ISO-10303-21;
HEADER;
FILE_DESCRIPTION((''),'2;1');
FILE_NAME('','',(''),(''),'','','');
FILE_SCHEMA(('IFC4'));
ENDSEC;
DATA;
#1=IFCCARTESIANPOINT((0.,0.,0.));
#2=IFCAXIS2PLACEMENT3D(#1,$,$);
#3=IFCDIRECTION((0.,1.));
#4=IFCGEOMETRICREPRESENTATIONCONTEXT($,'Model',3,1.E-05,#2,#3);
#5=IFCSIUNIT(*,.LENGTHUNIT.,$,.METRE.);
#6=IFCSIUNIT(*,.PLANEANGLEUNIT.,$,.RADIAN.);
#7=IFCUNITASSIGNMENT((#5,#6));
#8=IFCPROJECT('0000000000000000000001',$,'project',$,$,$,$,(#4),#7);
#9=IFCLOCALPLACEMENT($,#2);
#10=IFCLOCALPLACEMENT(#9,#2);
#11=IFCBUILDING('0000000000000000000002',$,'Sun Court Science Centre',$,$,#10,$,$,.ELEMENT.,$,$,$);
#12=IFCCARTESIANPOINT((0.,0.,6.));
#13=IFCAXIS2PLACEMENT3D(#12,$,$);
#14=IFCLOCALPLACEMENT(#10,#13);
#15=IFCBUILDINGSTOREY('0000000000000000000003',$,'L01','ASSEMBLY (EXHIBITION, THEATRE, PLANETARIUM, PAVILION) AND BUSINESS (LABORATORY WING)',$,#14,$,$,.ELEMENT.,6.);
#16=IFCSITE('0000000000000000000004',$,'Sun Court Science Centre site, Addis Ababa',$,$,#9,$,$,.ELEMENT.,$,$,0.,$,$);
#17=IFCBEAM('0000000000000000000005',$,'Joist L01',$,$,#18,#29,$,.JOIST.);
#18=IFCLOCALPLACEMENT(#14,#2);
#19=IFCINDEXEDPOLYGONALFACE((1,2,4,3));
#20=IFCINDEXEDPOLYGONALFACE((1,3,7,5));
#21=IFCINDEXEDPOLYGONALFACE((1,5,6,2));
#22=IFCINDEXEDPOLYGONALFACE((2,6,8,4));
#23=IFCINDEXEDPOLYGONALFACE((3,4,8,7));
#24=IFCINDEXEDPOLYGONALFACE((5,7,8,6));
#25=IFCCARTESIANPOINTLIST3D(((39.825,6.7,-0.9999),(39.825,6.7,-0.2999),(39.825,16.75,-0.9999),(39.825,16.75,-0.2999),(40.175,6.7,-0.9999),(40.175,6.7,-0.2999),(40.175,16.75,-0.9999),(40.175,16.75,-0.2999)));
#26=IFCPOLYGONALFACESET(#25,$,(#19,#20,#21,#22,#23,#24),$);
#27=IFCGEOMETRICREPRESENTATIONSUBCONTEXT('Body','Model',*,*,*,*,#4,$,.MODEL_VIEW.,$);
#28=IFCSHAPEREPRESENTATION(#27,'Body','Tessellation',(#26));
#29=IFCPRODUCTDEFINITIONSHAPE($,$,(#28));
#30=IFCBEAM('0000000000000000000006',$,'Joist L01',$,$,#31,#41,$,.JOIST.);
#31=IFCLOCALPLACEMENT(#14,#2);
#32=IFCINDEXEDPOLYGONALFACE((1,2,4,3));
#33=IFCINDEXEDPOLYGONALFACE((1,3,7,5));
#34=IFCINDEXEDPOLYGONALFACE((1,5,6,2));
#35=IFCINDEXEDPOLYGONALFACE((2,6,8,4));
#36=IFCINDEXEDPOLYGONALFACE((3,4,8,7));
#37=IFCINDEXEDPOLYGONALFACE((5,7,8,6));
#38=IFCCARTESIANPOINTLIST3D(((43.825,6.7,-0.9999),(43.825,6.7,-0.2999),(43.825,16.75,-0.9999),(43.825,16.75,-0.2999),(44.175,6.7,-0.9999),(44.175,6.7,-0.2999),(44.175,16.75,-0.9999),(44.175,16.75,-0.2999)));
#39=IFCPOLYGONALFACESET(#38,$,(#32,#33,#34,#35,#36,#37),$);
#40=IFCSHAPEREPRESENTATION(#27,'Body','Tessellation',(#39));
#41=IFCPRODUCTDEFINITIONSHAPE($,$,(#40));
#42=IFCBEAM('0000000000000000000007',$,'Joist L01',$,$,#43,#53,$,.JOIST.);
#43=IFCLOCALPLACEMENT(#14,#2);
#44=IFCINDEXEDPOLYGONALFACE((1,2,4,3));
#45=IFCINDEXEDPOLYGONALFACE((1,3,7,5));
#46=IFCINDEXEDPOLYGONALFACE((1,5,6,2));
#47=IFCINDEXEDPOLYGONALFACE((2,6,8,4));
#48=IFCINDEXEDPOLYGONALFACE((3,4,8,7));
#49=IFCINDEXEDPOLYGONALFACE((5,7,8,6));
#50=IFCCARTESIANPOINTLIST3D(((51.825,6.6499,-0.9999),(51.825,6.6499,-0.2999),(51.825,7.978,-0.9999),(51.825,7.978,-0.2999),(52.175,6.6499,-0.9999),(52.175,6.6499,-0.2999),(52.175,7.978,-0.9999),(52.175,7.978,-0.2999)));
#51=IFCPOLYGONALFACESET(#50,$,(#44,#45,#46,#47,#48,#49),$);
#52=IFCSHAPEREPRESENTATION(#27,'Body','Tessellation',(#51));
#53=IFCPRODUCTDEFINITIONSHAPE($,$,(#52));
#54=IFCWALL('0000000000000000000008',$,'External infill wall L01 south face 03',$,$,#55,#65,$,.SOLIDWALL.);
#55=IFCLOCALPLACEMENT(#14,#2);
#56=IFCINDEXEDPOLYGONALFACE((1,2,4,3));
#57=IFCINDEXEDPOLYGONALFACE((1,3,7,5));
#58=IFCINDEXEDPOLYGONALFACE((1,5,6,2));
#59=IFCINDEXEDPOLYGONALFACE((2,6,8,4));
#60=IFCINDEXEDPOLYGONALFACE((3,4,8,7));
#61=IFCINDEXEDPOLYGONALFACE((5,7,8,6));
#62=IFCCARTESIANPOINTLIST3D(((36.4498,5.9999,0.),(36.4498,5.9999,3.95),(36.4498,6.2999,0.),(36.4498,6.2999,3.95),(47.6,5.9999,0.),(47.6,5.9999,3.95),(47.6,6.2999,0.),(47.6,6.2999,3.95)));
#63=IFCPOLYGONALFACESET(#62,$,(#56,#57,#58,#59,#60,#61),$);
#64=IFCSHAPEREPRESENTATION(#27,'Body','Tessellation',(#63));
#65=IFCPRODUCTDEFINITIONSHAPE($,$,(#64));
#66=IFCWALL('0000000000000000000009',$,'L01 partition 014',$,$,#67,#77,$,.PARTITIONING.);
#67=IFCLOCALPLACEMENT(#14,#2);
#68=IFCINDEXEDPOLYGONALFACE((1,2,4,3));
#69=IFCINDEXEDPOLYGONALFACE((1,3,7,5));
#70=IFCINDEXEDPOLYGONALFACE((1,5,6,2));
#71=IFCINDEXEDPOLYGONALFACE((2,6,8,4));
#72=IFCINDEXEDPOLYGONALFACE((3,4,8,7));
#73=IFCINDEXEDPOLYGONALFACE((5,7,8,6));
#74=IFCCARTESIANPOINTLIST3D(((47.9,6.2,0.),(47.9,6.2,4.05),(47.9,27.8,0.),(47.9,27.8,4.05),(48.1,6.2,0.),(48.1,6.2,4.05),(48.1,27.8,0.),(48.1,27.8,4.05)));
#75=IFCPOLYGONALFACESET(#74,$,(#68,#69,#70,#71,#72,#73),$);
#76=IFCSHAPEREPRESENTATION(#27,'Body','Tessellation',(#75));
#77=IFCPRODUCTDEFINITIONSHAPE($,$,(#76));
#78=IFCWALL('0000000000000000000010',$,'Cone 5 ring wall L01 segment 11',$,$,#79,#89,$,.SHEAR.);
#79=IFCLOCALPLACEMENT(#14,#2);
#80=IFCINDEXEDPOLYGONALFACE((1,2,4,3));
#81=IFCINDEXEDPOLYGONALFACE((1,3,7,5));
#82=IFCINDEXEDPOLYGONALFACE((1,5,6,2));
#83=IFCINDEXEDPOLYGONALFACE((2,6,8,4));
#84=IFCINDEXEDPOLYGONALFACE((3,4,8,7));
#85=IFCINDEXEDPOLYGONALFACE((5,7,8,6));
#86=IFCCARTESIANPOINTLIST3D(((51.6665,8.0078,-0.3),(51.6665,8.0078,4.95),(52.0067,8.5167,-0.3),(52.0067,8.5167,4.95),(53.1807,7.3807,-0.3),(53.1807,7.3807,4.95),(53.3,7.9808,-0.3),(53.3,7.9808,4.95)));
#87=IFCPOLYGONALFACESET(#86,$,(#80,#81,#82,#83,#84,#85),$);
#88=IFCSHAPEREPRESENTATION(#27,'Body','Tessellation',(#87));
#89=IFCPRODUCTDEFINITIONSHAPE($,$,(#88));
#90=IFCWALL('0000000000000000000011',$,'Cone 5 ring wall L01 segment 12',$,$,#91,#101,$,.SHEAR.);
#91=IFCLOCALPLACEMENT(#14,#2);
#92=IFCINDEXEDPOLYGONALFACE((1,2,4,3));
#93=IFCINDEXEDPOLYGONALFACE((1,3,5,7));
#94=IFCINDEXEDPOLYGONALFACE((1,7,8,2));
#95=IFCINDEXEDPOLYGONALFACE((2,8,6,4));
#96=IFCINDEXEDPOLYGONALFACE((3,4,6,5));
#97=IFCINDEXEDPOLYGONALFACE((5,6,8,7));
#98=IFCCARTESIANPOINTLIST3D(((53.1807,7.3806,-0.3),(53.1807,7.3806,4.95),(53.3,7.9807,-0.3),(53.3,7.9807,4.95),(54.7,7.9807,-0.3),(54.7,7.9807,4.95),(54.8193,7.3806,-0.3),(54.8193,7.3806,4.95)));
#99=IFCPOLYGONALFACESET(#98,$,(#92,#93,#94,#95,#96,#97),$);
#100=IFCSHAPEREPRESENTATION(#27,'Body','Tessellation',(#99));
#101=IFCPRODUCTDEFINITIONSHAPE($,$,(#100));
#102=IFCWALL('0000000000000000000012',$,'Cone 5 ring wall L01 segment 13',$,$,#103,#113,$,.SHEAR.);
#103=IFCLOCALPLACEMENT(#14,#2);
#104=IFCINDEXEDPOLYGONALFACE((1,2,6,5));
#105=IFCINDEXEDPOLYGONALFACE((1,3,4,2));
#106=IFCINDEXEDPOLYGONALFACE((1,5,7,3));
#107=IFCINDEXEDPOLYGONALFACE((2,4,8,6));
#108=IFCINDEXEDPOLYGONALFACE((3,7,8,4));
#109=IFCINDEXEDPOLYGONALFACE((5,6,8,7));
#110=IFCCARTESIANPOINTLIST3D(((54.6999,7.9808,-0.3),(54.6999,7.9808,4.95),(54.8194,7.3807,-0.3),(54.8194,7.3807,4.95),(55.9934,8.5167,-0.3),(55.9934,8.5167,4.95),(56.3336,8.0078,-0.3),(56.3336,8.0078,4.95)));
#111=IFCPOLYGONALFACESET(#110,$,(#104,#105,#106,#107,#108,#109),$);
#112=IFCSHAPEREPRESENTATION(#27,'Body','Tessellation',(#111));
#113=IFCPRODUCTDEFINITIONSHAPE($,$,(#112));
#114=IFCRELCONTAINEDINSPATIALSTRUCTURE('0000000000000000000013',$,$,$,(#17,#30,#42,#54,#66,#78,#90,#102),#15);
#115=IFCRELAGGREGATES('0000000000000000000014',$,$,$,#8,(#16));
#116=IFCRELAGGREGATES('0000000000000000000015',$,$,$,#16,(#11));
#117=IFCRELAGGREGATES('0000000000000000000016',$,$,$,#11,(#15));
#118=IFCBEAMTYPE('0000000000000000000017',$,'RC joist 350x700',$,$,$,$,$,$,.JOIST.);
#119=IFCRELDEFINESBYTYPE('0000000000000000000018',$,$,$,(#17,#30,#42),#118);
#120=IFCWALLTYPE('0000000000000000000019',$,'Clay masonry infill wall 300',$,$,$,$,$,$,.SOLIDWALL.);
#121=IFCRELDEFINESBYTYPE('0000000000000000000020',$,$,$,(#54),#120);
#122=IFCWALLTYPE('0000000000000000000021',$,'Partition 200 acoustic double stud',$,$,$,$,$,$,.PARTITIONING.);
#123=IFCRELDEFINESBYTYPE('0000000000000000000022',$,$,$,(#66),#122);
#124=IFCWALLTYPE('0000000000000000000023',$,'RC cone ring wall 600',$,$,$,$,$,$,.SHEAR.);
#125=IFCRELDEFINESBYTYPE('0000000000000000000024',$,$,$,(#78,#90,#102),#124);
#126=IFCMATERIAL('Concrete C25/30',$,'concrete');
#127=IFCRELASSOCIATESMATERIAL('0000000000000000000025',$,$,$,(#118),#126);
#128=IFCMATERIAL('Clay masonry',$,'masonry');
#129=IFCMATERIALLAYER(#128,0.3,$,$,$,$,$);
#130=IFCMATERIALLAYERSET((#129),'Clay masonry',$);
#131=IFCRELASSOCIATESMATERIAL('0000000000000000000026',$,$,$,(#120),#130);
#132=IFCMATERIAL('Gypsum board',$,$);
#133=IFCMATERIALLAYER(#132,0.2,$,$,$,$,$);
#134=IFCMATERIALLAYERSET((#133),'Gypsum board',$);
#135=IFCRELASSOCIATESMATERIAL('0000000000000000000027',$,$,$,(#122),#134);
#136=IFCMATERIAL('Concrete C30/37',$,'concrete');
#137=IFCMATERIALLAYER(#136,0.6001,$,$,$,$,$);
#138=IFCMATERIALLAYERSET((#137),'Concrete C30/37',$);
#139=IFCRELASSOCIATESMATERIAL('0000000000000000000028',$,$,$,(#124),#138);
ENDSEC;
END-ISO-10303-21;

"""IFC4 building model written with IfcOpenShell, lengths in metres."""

from ifc_helpers import new_model, si_unit, direction, frame, frame_2d, origin, origin_2d, place, context, subcontext, project, spatial, polyline, rectangle, outline, extrude, material, layer, layer_set, material_profile, profile_set, type_object, element, save


model = new_model("IFC4")

# Units and contexts
model_context = context("Model", 3, precision=1e-05, world=origin(), true_north=direction((0.0, 1.0)))
body_context = subcontext(model_context, "Body", "Model", "MODEL_VIEW")
ifc_project = project(units=[si_unit("LENGTHUNIT", "METRE"), si_unit("PLANEANGLEUNIT", "RADIAN")], contexts=[model_context])

# Site, building, storey
site_placement = place(None, origin())
site = spatial("IfcSite", under=ifc_project, at=site_placement, Name="Sun Court Science Centre site, Addis Ababa", CompositionType="ELEMENT", RefElevation=0.0)
building_placement = place(site_placement, origin())
building = spatial("IfcBuilding", under=site, at=building_placement, Name="Sun Court Science Centre", CompositionType="ELEMENT")
storey_placement = place(building_placement, frame((0.0, 0.0, 6.0)))
storey = spatial("IfcBuildingStorey", under=building, at=storey_placement, Name="L01", Description="ASSEMBLY (EXHIBITION, THEATRE, PLANETARIUM, PAVILION) AND BUSINESS (LABORATORY WING)", CompositionType="ELEMENT", Elevation=6.0)

# Beams
ifc_material_1 = material(Name="Concrete C25/30", Category="concrete")
ifc_material_profile_1 = material_profile(ifc_material_1, rectangle(XDim=0.3501, YDim=0.7, at=origin_2d()), Name="RC 350x700")
ifc_profile_set_1 = profile_set([ifc_material_profile_1], Name="Concrete C25/30")
beam_type_1 = type_object("IfcBeamType", Name="RC joist 350x700", PredefinedType="JOIST", material=ifc_profile_set_1)
for number, where, z_axis, x_axis, name in (
    (1, (40.0, 6.7, -0.6499), (0.0, 1.0, 0.0), (-1.0, 0.0, 0.0), "Joist L01"),
    (2, (44.0, 6.7, -0.6499), (0.0, 1.0, 0.0), (-1.0, 0.0, 0.0), "Joist L01"),
):
    element("IfcBeam", number, at=place(storey_placement, frame(where, z_axis=z_axis, x_axis=x_axis)), inside=storey, type_object=beam_type_1, Name=name, PredefinedType="JOIST", context=body_context, shape_type="SweptSolid", body=[
        extrude(rectangle(XDim=0.3501, YDim=0.7, at=origin_2d()), origin(), (0.0, 0.0, 1.0), 10.05),
    ])
beam_1_placement = place(storey_placement, frame((52.0, 6.6499, -0.6499), z_axis=(0.0, 1.0, 0.0), x_axis=(-1.0, 0.0, 0.0)))
element("IfcBeam", 3, at=beam_1_placement, inside=storey, type_object=beam_type_1, Name="Joist L01", PredefinedType="JOIST", context=body_context, shape_type="SweptSolid", body=[
    extrude(rectangle(XDim=0.3501, YDim=0.7, at=origin_2d()), origin(), (0.0, 0.0, 1.0), 1.3281),
])

# Walls
ifc_material_2 = material(Name="Clay masonry", Category="masonry")
ifc_layer_1 = layer(ifc_material_2, 0.3)
ifc_layer_set_1 = layer_set([ifc_layer_1], Name="Clay masonry")
wall_type_1 = type_object("IfcWallType", Name="Clay masonry infill wall 300", PredefinedType="SOLIDWALL", material=ifc_layer_set_1)
wall_1_placement = place(storey_placement, frame((47.6001, 6.1499, 0.0), z_axis=(0.0, 0.0, 1.0), x_axis=(-1.0, 0.0, 0.0)))
element("IfcWall", 4, at=wall_1_placement, inside=storey, type_object=wall_type_1, Name="External infill wall L01 south face 03", PredefinedType="SOLIDWALL", context=body_context, shape_type="SweptSolid", body=[
    extrude(rectangle(XDim=11.1501, YDim=0.3, at=frame_2d((5.5752, 0.0))), origin(), (0.0, 0.0, 1.0), 3.95),
])
ifc_material_3 = material(Name="Gypsum board")
ifc_layer_2 = layer(ifc_material_3, 0.2)
ifc_layer_set_2 = layer_set([ifc_layer_2], Name="Gypsum board")
wall_type_2 = type_object("IfcWallType", Name="Partition 200 acoustic double stud", PredefinedType="PARTITIONING", material=ifc_layer_set_2)
wall_2_placement = place(storey_placement, frame((48.0, 6.2, 0.0), z_axis=(0.0, 0.0, 1.0), x_axis=(0.0, 1.0, 0.0)))
element("IfcWall", 5, at=wall_2_placement, inside=storey, type_object=wall_type_2, Name="L01 partition 014", PredefinedType="PARTITIONING", context=body_context, shape_type="SweptSolid", body=[
    extrude(rectangle(XDim=21.6001, YDim=0.2, at=frame_2d((10.8, 0.0))), origin(), (0.0, 0.0, 1.0), 4.05),
])
ifc_material_4 = material(Name="Concrete C30/37", Category="concrete")
ifc_layer_3 = layer(ifc_material_4, 0.6001)
ifc_layer_set_3 = layer_set([ifc_layer_3], Name="Concrete C30/37")
wall_type_3 = type_object("IfcWallType", Name="RC cone ring wall 600", PredefinedType="SHEAR", material=ifc_layer_set_3)
wall_3_placement = place(storey_placement, frame((51.7815, 8.2849, -0.3), z_axis=(0.0, 0.0, 1.0), x_axis=(0.923908, -0.382615, 0.0)))
element("IfcWall", 6, at=wall_3_placement, inside=storey, type_object=wall_type_3, Name="Cone 5 ring wall L01 segment 11", PredefinedType="SHEAR", context=body_context, shape_type="SweptSolid", body=[
    extrude(outline(polyline([(-0.0002, -0.3), (1.6387, -0.3), (1.5193, 0.3), (0.1194, 0.3003), (-0.0002, -0.3)])), origin(), (0.0, 0.0, 1.0), 5.25),
])
wall_4_placement = place(storey_placement, frame((53.1807, 7.6807, -0.3), z_axis=(0.0, 0.0, 1.0), x_axis=(1.0, 0.0, 0.0)))
element("IfcWall", 7, at=wall_4_placement, inside=storey, type_object=wall_type_3, Name="Cone 5 ring wall L01 segment 12", PredefinedType="SHEAR", context=body_context, shape_type="SweptSolid", body=[
    extrude(outline(polyline([(0.0, -0.3), (1.6387, -0.3), (1.5193, 0.3), (0.1194, 0.3), (0.0, -0.3)])), origin(), (0.0, 0.0, 1.0), 5.25),
])
wall_5_placement = place(storey_placement, frame((54.7046, 7.658, -0.3), z_axis=(0.0, 0.0, 1.0), x_axis=(0.923908, 0.382615, 0.0)))
element("IfcWall", 8, at=wall_5_placement, inside=storey, type_object=wall_type_3, Name="Cone 5 ring wall L01 segment 13", PredefinedType="SHEAR", context=body_context, shape_type="SweptSolid", body=[
    extrude(outline(polyline([(0.0, -0.3), (1.6389, -0.3), (1.5193, 0.3003), (0.1191, 0.3), (0.0, -0.3)])), origin(), (0.0, 0.0, 1.0), 5.25),
])

save(model, "model.ifc")
